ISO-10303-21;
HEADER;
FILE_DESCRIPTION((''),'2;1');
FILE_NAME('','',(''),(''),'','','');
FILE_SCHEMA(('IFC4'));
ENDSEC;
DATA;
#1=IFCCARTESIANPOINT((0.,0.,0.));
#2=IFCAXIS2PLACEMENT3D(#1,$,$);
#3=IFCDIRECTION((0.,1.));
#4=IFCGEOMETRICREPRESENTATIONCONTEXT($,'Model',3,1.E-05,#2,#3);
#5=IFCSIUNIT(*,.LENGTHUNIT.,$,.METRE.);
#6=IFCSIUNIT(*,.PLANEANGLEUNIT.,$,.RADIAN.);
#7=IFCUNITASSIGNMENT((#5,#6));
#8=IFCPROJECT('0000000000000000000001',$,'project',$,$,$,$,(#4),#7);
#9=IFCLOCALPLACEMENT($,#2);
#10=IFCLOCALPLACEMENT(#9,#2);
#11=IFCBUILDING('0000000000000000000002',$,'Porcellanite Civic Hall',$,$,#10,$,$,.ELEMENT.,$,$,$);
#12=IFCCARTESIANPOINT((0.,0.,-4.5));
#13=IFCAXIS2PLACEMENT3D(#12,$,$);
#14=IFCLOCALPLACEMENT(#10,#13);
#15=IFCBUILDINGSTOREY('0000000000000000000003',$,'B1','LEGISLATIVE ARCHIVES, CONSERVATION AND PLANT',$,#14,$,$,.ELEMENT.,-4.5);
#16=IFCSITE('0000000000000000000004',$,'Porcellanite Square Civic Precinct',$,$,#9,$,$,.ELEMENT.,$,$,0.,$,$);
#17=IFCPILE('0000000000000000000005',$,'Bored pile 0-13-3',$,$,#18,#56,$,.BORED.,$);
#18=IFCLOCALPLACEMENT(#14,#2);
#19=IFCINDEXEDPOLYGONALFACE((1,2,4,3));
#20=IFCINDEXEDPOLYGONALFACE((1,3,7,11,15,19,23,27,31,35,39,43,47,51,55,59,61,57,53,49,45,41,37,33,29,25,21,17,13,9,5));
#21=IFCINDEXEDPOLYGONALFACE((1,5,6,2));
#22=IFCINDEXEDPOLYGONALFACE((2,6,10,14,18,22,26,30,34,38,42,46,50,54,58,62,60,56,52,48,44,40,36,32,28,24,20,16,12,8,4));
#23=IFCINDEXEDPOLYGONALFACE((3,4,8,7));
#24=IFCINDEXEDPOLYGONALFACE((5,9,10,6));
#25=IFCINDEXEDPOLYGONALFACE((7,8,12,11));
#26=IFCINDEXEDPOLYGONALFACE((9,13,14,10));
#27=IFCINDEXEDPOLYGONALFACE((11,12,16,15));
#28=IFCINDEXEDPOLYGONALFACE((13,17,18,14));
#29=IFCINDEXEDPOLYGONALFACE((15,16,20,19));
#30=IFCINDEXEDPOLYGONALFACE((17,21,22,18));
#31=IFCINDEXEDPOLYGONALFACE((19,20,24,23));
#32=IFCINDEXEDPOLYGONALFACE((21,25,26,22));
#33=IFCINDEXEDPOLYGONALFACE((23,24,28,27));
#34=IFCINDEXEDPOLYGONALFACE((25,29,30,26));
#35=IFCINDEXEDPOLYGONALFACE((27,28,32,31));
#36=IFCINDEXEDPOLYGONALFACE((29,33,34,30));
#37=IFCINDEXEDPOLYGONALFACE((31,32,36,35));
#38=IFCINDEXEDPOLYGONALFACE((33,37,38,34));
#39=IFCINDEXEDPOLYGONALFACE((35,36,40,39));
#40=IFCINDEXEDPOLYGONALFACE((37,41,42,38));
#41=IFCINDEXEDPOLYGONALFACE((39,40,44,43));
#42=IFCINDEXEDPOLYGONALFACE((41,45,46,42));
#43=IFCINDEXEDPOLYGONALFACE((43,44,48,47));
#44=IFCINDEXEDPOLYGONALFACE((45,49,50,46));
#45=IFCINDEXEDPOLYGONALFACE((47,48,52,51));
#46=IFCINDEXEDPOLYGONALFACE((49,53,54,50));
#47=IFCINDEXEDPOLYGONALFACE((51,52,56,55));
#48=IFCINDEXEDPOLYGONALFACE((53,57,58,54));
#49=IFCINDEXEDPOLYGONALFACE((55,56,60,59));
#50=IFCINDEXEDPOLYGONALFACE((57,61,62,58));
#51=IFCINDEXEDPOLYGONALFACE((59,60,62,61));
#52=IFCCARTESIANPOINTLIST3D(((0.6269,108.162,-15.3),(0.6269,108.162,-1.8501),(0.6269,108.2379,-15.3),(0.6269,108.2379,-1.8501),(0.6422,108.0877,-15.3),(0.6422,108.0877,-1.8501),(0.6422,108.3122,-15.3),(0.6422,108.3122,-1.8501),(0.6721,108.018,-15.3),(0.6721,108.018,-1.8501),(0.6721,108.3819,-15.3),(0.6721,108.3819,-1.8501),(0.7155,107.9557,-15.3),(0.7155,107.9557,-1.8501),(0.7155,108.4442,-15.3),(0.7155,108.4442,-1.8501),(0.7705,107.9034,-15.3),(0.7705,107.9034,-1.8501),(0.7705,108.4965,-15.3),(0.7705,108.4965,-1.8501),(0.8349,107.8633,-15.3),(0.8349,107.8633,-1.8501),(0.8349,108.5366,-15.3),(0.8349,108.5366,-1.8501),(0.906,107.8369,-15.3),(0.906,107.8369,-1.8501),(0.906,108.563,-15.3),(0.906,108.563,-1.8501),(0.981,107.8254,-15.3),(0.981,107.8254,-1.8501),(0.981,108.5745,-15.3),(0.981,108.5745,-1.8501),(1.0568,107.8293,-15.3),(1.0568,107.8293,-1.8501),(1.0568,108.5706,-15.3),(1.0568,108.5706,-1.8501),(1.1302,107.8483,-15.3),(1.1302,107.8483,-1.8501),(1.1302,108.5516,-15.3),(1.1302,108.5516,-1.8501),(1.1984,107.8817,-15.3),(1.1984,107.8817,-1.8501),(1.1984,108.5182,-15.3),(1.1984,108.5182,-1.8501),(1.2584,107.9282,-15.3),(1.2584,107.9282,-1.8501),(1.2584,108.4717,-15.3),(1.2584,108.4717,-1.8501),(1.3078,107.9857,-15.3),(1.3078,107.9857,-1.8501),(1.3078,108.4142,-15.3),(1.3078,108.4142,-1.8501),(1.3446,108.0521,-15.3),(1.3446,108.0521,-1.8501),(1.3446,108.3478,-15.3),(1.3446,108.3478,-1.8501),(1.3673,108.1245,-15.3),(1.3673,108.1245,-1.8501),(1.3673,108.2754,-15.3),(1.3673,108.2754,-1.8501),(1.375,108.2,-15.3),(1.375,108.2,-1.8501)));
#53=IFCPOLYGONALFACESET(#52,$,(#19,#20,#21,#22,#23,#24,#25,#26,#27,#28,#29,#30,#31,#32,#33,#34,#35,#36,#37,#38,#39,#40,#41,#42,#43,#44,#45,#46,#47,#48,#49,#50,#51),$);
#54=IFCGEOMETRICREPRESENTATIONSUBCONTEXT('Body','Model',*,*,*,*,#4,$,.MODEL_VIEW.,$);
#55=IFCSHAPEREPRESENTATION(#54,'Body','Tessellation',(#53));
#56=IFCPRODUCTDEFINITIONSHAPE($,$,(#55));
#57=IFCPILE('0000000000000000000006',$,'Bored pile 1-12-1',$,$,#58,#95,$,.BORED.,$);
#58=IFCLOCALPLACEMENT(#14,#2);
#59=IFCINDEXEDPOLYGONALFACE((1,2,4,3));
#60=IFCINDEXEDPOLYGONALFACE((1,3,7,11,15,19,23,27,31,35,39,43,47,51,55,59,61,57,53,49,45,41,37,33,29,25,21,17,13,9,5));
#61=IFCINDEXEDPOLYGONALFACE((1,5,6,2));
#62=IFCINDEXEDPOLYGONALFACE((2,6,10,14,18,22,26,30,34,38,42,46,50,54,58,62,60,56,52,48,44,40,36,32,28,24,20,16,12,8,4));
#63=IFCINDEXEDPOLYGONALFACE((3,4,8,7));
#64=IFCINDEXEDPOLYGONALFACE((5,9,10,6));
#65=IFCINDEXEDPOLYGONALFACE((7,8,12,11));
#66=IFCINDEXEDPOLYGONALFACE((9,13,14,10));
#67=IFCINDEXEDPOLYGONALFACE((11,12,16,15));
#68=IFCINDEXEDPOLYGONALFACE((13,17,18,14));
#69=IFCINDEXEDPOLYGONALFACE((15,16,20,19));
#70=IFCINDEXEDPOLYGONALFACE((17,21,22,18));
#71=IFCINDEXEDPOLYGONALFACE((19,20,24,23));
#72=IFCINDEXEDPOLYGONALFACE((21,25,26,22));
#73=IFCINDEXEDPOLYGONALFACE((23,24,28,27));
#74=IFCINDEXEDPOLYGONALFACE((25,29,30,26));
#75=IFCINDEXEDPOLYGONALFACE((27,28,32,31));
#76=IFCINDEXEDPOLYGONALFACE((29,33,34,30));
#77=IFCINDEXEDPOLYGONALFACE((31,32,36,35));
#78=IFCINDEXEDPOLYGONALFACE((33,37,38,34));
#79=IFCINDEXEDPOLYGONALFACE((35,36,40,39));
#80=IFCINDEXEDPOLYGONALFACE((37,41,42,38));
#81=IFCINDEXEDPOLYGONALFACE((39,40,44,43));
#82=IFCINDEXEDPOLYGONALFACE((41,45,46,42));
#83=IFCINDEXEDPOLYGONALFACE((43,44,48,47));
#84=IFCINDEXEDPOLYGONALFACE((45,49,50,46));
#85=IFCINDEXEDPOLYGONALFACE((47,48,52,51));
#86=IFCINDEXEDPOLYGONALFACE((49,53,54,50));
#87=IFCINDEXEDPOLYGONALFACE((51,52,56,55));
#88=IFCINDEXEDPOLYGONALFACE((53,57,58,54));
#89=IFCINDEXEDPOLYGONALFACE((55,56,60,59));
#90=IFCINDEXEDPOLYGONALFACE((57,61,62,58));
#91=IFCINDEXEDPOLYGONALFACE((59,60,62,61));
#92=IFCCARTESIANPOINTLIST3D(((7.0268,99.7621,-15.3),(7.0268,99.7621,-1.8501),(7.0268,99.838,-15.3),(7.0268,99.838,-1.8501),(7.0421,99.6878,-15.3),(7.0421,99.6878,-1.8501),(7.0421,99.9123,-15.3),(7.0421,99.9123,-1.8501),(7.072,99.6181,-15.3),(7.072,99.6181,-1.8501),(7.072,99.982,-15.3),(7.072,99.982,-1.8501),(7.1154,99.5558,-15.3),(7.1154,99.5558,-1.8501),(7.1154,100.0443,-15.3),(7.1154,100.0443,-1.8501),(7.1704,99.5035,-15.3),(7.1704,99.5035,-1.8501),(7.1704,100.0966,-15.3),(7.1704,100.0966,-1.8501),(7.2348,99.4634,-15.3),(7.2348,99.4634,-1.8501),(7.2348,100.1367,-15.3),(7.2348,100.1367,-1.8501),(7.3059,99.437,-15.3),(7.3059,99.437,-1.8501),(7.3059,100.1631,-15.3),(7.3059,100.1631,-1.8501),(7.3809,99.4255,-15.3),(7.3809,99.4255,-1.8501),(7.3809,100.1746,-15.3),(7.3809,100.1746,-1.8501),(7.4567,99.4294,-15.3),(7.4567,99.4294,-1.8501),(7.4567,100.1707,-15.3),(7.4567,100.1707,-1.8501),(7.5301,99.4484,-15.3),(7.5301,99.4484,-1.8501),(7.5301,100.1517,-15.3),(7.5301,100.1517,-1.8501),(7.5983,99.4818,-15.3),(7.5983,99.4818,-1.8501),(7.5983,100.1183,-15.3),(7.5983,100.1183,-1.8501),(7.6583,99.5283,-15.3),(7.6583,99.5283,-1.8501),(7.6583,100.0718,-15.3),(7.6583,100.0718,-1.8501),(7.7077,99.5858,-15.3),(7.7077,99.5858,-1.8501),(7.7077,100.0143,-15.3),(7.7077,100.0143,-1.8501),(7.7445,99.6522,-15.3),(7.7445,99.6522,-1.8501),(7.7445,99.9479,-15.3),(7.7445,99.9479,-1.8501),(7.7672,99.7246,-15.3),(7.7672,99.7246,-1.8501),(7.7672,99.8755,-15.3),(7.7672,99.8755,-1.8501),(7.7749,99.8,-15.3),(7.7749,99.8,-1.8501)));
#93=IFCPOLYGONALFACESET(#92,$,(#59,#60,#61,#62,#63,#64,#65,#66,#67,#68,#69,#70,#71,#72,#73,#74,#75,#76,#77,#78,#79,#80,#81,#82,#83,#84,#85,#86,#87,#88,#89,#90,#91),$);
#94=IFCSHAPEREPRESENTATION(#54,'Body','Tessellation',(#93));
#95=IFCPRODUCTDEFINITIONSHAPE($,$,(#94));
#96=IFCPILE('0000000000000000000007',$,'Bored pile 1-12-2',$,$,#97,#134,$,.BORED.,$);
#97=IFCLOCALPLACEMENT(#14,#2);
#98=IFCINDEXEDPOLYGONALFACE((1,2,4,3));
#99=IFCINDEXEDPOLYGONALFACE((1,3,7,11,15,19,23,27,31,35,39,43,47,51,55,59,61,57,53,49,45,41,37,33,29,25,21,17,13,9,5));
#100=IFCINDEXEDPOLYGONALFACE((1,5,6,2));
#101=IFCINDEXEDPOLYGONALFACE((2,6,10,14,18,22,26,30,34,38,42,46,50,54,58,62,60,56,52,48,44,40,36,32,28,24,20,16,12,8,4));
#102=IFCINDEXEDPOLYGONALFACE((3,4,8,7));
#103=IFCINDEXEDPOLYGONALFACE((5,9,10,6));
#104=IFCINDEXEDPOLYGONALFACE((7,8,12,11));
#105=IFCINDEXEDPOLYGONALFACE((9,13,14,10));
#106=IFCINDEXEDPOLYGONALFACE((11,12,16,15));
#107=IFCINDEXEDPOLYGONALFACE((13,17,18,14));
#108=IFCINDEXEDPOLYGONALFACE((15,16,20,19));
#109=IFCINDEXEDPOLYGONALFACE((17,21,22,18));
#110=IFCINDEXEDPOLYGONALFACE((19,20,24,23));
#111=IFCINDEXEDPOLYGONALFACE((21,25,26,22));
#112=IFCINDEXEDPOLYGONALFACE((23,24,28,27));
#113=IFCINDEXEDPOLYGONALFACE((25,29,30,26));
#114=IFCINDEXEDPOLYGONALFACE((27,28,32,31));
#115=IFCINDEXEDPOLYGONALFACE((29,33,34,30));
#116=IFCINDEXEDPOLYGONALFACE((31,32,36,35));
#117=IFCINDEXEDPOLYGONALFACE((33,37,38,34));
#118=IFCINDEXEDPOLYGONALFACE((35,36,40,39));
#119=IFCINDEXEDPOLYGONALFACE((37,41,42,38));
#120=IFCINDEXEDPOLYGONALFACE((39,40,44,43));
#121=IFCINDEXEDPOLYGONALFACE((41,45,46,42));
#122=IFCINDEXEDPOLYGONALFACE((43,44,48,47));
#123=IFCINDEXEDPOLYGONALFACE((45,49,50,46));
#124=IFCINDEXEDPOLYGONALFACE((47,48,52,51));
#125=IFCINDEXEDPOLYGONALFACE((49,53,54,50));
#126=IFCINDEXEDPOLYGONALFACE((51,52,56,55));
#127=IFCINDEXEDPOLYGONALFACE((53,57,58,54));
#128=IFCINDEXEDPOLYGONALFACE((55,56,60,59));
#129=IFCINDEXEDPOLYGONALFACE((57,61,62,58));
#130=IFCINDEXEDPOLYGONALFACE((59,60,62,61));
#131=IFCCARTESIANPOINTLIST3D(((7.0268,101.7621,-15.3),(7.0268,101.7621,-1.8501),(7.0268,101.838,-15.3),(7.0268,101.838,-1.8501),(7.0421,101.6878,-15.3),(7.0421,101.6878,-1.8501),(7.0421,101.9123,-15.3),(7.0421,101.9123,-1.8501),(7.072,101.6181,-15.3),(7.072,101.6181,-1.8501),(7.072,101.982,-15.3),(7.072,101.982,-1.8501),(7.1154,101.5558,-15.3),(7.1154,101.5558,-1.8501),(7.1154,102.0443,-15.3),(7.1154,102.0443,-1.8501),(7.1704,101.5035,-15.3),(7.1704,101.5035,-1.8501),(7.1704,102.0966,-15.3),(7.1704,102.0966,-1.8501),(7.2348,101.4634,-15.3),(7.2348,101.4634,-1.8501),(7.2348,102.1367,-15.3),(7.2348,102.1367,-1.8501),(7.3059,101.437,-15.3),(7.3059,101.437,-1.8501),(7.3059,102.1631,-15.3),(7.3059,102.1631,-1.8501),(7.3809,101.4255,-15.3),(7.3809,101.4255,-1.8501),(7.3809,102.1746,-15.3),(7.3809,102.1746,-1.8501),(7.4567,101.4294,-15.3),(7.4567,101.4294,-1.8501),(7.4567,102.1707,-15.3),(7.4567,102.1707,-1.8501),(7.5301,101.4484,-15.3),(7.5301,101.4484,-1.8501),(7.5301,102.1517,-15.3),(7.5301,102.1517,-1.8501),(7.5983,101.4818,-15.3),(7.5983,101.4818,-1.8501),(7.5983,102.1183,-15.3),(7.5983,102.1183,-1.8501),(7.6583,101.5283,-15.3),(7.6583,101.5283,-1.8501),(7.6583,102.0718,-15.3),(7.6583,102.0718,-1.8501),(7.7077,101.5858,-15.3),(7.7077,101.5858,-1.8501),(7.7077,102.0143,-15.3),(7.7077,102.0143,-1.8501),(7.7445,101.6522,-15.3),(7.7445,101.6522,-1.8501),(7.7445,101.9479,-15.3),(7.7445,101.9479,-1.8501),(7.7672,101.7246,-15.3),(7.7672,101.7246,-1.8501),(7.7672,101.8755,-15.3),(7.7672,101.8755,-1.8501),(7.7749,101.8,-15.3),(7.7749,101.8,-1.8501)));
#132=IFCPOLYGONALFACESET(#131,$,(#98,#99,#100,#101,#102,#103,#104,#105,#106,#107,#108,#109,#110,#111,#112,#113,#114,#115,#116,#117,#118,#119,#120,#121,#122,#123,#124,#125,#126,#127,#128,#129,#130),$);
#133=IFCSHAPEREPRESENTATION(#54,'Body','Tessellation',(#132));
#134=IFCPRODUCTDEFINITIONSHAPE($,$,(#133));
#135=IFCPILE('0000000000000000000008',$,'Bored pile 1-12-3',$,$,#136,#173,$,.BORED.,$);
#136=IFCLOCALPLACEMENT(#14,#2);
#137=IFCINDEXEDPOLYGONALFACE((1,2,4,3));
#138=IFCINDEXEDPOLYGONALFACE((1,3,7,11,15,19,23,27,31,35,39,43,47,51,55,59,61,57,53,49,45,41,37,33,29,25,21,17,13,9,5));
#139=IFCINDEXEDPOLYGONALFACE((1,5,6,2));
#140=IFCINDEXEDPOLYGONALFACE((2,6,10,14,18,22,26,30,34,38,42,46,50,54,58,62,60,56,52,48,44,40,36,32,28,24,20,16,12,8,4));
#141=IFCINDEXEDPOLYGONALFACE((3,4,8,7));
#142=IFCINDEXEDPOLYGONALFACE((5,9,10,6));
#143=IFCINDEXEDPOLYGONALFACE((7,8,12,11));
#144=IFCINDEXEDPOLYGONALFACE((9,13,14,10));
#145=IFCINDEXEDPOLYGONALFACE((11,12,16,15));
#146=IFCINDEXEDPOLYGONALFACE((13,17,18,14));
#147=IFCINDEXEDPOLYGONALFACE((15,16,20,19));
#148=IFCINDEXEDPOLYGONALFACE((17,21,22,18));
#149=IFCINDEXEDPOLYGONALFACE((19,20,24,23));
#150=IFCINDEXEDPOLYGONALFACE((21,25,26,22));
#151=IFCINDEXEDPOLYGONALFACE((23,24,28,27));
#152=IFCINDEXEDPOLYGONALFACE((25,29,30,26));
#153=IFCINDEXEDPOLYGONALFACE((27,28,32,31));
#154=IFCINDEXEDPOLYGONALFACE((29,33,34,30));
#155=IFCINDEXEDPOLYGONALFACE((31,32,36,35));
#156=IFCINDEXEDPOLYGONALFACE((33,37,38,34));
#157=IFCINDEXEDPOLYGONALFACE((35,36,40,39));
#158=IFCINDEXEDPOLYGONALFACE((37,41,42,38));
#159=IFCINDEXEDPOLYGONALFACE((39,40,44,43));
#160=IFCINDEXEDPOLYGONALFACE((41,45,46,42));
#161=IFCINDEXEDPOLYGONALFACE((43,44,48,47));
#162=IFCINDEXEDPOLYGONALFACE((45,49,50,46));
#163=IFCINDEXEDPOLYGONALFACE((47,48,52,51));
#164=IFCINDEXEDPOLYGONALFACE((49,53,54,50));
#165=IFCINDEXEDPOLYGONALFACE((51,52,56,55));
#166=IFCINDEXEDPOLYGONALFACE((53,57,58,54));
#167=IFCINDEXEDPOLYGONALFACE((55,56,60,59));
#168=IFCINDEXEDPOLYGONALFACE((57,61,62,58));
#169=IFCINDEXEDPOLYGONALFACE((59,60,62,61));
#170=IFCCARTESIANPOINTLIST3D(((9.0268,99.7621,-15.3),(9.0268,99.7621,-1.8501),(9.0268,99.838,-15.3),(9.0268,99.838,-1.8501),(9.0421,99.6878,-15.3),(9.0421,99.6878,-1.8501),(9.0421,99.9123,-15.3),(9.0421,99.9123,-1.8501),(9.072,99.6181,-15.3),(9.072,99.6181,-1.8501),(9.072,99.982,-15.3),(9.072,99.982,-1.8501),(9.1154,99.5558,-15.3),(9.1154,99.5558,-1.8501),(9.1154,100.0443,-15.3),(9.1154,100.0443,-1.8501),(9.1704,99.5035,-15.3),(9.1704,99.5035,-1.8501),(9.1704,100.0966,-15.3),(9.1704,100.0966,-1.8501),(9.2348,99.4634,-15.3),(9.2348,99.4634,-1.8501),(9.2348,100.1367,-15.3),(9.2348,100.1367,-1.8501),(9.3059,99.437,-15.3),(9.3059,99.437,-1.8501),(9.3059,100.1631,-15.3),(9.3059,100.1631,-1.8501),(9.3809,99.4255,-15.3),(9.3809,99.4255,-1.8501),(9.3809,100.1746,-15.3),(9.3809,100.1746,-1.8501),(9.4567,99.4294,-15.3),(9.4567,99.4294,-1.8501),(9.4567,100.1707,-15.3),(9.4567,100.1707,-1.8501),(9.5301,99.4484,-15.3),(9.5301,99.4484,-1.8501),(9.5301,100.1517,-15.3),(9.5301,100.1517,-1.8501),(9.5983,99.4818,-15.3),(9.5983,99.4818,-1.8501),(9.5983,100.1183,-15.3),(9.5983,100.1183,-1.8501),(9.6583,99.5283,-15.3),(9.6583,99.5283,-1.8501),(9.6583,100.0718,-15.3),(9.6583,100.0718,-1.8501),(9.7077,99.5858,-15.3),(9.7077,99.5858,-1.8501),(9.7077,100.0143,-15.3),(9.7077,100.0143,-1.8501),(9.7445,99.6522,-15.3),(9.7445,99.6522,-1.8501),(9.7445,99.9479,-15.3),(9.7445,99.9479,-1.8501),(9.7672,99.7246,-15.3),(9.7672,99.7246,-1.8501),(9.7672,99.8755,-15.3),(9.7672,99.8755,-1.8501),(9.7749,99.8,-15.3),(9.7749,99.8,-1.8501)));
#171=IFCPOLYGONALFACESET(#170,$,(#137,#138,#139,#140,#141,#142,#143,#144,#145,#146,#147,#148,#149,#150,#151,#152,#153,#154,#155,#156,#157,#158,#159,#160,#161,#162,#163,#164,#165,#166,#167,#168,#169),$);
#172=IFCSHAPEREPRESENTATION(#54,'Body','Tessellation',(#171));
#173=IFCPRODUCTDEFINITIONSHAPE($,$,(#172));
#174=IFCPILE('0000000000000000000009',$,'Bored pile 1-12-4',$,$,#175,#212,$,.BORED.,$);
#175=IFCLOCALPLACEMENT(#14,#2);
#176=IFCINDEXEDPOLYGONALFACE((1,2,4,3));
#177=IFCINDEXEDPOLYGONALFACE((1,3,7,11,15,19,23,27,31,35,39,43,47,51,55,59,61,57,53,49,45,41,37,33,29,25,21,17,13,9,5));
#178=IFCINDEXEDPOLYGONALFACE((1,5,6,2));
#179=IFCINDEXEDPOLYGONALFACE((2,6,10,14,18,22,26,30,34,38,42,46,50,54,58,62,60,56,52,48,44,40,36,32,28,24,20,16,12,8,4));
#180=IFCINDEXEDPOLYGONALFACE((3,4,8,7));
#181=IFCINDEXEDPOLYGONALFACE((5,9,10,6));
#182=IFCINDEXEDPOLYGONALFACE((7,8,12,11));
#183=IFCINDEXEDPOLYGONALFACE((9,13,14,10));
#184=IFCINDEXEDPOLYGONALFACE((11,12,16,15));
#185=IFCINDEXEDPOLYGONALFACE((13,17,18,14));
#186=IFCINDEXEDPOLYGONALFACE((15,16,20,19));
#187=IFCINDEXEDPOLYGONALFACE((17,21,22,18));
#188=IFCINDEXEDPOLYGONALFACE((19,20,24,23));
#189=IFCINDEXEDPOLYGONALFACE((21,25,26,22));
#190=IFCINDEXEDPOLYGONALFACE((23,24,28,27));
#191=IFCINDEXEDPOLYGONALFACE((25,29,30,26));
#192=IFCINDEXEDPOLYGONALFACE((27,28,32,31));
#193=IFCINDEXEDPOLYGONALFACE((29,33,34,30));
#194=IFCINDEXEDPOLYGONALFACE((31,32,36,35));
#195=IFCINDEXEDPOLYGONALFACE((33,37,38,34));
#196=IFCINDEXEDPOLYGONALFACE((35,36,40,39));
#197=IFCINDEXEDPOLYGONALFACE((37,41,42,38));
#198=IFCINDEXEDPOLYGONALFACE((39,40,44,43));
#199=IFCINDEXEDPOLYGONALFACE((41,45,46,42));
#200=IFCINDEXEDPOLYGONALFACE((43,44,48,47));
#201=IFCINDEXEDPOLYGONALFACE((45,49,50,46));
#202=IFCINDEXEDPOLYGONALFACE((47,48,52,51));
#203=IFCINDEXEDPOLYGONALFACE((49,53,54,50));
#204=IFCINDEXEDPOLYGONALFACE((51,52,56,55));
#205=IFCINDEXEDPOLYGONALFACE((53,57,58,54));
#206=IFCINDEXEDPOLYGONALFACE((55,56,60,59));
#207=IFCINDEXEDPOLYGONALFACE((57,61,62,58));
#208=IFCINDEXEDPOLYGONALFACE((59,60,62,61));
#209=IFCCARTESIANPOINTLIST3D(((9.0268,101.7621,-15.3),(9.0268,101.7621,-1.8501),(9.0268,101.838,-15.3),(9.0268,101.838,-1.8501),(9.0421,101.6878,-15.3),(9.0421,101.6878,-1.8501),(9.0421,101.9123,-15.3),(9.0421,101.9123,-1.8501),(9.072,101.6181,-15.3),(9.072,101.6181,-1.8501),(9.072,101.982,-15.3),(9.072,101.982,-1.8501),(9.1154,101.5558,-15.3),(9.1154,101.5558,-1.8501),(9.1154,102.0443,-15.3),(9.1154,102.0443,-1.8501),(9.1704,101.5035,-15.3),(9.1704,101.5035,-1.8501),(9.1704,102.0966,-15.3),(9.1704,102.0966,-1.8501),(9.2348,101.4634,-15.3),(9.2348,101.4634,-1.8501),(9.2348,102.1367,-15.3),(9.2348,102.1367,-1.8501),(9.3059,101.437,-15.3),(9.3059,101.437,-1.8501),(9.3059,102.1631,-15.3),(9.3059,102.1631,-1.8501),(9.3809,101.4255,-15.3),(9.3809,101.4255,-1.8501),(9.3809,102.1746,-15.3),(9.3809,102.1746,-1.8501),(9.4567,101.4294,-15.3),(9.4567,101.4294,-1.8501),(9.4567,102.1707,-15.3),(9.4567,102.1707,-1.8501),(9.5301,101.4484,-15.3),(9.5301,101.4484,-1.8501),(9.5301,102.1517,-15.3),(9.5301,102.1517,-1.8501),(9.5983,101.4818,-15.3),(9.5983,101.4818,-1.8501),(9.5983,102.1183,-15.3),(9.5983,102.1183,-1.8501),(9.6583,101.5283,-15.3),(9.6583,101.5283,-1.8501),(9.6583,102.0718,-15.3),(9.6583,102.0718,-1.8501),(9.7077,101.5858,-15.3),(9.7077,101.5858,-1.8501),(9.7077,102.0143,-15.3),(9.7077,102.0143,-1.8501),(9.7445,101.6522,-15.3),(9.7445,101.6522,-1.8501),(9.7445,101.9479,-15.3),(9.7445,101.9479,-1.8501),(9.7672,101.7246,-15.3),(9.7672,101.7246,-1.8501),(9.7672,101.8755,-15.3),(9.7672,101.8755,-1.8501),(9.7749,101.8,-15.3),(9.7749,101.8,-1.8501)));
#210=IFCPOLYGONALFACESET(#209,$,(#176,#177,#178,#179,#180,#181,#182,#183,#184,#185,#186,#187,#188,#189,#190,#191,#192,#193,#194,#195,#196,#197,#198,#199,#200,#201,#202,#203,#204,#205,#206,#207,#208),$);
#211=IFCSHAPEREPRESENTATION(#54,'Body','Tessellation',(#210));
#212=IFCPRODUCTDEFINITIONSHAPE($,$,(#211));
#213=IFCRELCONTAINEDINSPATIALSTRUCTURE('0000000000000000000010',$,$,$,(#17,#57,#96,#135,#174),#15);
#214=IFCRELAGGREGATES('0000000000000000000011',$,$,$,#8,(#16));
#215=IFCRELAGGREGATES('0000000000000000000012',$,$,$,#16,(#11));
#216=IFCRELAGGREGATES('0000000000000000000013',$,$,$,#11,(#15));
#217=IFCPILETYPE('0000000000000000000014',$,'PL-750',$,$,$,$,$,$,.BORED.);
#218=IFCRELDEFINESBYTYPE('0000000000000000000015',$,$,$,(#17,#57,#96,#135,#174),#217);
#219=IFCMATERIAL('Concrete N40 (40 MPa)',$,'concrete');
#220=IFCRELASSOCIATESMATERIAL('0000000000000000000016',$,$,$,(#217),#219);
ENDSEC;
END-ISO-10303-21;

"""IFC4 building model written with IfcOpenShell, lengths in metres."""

from ifc_helpers import new_model, si_unit, direction, frame, origin, origin_2d, place, context, subcontext, project, spatial, circle, extrude, material, material_profile, profile_set, type_object, element, save


model = new_model("IFC4")

# Units and contexts
model_context = context("Model", 3, precision=1e-05, world=origin(), true_north=direction((0.0, 1.0)))
body_context = subcontext(model_context, "Body", "Model", "MODEL_VIEW")
ifc_project = project(units=[si_unit("LENGTHUNIT", "METRE"), si_unit("PLANEANGLEUNIT", "RADIAN")], contexts=[model_context])

# Site, building, storey
site_placement = place(None, origin())
site = spatial("IfcSite", under=ifc_project, at=site_placement, Name="Porcellanite Square Civic Precinct", CompositionType="ELEMENT", RefElevation=0.0)
building_placement = place(site_placement, origin())
building = spatial("IfcBuilding", under=site, at=building_placement, Name="Porcellanite Civic Hall", CompositionType="ELEMENT")
storey_placement = place(building_placement, frame((0.0, 0.0, -4.5)))
storey = spatial("IfcBuildingStorey", under=building, at=storey_placement, Name="B1", Description="LEGISLATIVE ARCHIVES, CONSERVATION AND PLANT", CompositionType="ELEMENT", Elevation=-4.5)

# Piles
ifc_material_1 = material(Name="Concrete N40 (40 MPa)", Category="concrete")
ifc_material_profile_1 = material_profile(ifc_material_1, circle(Radius=0.375, at=origin_2d()), Name="PILE-D750")
ifc_profile_set_1 = profile_set([ifc_material_profile_1], Name="Concrete N40 (40 MPa)")
pile_type_1 = type_object("IfcPileType", Name="PL-750", PredefinedType="BORED", material=ifc_profile_set_1)
for number, where, z_axis, x_axis, name in (
    (1, (1.0, 108.2, -1.8501), (0.0, 0.0, -1.0), (1.0, 0.0, 0.0), "Bored pile 0-13-3"),
    (2, (7.3999, 99.8, -1.8501), (0.0, 0.0, -1.0), (1.0, 0.0, 0.0), "Bored pile 1-12-1"),
    (3, (7.3999, 101.8, -1.8501), (0.0, 0.0, -1.0), (1.0, 0.0, 0.0), "Bored pile 1-12-2"),
    (4, (9.3999, 99.8, -1.8501), (0.0, 0.0, -1.0), (1.0, 0.0, 0.0), "Bored pile 1-12-3"),
    (5, (9.3999, 101.8, -1.8501), (0.0, 0.0, -1.0), (1.0, 0.0, 0.0), "Bored pile 1-12-4"),
):
    element("IfcPile", number, at=place(storey_placement, frame(where, z_axis=z_axis, x_axis=x_axis)), inside=storey, type_object=pile_type_1, Name=name, PredefinedType="BORED", context=body_context, shape_type="SweptSolid", body=[
        extrude(circle(Radius=0.375, at=origin_2d()), origin(), (0.0, 0.0, 1.0), 13.45),
    ])

save(model, "model.ifc")
